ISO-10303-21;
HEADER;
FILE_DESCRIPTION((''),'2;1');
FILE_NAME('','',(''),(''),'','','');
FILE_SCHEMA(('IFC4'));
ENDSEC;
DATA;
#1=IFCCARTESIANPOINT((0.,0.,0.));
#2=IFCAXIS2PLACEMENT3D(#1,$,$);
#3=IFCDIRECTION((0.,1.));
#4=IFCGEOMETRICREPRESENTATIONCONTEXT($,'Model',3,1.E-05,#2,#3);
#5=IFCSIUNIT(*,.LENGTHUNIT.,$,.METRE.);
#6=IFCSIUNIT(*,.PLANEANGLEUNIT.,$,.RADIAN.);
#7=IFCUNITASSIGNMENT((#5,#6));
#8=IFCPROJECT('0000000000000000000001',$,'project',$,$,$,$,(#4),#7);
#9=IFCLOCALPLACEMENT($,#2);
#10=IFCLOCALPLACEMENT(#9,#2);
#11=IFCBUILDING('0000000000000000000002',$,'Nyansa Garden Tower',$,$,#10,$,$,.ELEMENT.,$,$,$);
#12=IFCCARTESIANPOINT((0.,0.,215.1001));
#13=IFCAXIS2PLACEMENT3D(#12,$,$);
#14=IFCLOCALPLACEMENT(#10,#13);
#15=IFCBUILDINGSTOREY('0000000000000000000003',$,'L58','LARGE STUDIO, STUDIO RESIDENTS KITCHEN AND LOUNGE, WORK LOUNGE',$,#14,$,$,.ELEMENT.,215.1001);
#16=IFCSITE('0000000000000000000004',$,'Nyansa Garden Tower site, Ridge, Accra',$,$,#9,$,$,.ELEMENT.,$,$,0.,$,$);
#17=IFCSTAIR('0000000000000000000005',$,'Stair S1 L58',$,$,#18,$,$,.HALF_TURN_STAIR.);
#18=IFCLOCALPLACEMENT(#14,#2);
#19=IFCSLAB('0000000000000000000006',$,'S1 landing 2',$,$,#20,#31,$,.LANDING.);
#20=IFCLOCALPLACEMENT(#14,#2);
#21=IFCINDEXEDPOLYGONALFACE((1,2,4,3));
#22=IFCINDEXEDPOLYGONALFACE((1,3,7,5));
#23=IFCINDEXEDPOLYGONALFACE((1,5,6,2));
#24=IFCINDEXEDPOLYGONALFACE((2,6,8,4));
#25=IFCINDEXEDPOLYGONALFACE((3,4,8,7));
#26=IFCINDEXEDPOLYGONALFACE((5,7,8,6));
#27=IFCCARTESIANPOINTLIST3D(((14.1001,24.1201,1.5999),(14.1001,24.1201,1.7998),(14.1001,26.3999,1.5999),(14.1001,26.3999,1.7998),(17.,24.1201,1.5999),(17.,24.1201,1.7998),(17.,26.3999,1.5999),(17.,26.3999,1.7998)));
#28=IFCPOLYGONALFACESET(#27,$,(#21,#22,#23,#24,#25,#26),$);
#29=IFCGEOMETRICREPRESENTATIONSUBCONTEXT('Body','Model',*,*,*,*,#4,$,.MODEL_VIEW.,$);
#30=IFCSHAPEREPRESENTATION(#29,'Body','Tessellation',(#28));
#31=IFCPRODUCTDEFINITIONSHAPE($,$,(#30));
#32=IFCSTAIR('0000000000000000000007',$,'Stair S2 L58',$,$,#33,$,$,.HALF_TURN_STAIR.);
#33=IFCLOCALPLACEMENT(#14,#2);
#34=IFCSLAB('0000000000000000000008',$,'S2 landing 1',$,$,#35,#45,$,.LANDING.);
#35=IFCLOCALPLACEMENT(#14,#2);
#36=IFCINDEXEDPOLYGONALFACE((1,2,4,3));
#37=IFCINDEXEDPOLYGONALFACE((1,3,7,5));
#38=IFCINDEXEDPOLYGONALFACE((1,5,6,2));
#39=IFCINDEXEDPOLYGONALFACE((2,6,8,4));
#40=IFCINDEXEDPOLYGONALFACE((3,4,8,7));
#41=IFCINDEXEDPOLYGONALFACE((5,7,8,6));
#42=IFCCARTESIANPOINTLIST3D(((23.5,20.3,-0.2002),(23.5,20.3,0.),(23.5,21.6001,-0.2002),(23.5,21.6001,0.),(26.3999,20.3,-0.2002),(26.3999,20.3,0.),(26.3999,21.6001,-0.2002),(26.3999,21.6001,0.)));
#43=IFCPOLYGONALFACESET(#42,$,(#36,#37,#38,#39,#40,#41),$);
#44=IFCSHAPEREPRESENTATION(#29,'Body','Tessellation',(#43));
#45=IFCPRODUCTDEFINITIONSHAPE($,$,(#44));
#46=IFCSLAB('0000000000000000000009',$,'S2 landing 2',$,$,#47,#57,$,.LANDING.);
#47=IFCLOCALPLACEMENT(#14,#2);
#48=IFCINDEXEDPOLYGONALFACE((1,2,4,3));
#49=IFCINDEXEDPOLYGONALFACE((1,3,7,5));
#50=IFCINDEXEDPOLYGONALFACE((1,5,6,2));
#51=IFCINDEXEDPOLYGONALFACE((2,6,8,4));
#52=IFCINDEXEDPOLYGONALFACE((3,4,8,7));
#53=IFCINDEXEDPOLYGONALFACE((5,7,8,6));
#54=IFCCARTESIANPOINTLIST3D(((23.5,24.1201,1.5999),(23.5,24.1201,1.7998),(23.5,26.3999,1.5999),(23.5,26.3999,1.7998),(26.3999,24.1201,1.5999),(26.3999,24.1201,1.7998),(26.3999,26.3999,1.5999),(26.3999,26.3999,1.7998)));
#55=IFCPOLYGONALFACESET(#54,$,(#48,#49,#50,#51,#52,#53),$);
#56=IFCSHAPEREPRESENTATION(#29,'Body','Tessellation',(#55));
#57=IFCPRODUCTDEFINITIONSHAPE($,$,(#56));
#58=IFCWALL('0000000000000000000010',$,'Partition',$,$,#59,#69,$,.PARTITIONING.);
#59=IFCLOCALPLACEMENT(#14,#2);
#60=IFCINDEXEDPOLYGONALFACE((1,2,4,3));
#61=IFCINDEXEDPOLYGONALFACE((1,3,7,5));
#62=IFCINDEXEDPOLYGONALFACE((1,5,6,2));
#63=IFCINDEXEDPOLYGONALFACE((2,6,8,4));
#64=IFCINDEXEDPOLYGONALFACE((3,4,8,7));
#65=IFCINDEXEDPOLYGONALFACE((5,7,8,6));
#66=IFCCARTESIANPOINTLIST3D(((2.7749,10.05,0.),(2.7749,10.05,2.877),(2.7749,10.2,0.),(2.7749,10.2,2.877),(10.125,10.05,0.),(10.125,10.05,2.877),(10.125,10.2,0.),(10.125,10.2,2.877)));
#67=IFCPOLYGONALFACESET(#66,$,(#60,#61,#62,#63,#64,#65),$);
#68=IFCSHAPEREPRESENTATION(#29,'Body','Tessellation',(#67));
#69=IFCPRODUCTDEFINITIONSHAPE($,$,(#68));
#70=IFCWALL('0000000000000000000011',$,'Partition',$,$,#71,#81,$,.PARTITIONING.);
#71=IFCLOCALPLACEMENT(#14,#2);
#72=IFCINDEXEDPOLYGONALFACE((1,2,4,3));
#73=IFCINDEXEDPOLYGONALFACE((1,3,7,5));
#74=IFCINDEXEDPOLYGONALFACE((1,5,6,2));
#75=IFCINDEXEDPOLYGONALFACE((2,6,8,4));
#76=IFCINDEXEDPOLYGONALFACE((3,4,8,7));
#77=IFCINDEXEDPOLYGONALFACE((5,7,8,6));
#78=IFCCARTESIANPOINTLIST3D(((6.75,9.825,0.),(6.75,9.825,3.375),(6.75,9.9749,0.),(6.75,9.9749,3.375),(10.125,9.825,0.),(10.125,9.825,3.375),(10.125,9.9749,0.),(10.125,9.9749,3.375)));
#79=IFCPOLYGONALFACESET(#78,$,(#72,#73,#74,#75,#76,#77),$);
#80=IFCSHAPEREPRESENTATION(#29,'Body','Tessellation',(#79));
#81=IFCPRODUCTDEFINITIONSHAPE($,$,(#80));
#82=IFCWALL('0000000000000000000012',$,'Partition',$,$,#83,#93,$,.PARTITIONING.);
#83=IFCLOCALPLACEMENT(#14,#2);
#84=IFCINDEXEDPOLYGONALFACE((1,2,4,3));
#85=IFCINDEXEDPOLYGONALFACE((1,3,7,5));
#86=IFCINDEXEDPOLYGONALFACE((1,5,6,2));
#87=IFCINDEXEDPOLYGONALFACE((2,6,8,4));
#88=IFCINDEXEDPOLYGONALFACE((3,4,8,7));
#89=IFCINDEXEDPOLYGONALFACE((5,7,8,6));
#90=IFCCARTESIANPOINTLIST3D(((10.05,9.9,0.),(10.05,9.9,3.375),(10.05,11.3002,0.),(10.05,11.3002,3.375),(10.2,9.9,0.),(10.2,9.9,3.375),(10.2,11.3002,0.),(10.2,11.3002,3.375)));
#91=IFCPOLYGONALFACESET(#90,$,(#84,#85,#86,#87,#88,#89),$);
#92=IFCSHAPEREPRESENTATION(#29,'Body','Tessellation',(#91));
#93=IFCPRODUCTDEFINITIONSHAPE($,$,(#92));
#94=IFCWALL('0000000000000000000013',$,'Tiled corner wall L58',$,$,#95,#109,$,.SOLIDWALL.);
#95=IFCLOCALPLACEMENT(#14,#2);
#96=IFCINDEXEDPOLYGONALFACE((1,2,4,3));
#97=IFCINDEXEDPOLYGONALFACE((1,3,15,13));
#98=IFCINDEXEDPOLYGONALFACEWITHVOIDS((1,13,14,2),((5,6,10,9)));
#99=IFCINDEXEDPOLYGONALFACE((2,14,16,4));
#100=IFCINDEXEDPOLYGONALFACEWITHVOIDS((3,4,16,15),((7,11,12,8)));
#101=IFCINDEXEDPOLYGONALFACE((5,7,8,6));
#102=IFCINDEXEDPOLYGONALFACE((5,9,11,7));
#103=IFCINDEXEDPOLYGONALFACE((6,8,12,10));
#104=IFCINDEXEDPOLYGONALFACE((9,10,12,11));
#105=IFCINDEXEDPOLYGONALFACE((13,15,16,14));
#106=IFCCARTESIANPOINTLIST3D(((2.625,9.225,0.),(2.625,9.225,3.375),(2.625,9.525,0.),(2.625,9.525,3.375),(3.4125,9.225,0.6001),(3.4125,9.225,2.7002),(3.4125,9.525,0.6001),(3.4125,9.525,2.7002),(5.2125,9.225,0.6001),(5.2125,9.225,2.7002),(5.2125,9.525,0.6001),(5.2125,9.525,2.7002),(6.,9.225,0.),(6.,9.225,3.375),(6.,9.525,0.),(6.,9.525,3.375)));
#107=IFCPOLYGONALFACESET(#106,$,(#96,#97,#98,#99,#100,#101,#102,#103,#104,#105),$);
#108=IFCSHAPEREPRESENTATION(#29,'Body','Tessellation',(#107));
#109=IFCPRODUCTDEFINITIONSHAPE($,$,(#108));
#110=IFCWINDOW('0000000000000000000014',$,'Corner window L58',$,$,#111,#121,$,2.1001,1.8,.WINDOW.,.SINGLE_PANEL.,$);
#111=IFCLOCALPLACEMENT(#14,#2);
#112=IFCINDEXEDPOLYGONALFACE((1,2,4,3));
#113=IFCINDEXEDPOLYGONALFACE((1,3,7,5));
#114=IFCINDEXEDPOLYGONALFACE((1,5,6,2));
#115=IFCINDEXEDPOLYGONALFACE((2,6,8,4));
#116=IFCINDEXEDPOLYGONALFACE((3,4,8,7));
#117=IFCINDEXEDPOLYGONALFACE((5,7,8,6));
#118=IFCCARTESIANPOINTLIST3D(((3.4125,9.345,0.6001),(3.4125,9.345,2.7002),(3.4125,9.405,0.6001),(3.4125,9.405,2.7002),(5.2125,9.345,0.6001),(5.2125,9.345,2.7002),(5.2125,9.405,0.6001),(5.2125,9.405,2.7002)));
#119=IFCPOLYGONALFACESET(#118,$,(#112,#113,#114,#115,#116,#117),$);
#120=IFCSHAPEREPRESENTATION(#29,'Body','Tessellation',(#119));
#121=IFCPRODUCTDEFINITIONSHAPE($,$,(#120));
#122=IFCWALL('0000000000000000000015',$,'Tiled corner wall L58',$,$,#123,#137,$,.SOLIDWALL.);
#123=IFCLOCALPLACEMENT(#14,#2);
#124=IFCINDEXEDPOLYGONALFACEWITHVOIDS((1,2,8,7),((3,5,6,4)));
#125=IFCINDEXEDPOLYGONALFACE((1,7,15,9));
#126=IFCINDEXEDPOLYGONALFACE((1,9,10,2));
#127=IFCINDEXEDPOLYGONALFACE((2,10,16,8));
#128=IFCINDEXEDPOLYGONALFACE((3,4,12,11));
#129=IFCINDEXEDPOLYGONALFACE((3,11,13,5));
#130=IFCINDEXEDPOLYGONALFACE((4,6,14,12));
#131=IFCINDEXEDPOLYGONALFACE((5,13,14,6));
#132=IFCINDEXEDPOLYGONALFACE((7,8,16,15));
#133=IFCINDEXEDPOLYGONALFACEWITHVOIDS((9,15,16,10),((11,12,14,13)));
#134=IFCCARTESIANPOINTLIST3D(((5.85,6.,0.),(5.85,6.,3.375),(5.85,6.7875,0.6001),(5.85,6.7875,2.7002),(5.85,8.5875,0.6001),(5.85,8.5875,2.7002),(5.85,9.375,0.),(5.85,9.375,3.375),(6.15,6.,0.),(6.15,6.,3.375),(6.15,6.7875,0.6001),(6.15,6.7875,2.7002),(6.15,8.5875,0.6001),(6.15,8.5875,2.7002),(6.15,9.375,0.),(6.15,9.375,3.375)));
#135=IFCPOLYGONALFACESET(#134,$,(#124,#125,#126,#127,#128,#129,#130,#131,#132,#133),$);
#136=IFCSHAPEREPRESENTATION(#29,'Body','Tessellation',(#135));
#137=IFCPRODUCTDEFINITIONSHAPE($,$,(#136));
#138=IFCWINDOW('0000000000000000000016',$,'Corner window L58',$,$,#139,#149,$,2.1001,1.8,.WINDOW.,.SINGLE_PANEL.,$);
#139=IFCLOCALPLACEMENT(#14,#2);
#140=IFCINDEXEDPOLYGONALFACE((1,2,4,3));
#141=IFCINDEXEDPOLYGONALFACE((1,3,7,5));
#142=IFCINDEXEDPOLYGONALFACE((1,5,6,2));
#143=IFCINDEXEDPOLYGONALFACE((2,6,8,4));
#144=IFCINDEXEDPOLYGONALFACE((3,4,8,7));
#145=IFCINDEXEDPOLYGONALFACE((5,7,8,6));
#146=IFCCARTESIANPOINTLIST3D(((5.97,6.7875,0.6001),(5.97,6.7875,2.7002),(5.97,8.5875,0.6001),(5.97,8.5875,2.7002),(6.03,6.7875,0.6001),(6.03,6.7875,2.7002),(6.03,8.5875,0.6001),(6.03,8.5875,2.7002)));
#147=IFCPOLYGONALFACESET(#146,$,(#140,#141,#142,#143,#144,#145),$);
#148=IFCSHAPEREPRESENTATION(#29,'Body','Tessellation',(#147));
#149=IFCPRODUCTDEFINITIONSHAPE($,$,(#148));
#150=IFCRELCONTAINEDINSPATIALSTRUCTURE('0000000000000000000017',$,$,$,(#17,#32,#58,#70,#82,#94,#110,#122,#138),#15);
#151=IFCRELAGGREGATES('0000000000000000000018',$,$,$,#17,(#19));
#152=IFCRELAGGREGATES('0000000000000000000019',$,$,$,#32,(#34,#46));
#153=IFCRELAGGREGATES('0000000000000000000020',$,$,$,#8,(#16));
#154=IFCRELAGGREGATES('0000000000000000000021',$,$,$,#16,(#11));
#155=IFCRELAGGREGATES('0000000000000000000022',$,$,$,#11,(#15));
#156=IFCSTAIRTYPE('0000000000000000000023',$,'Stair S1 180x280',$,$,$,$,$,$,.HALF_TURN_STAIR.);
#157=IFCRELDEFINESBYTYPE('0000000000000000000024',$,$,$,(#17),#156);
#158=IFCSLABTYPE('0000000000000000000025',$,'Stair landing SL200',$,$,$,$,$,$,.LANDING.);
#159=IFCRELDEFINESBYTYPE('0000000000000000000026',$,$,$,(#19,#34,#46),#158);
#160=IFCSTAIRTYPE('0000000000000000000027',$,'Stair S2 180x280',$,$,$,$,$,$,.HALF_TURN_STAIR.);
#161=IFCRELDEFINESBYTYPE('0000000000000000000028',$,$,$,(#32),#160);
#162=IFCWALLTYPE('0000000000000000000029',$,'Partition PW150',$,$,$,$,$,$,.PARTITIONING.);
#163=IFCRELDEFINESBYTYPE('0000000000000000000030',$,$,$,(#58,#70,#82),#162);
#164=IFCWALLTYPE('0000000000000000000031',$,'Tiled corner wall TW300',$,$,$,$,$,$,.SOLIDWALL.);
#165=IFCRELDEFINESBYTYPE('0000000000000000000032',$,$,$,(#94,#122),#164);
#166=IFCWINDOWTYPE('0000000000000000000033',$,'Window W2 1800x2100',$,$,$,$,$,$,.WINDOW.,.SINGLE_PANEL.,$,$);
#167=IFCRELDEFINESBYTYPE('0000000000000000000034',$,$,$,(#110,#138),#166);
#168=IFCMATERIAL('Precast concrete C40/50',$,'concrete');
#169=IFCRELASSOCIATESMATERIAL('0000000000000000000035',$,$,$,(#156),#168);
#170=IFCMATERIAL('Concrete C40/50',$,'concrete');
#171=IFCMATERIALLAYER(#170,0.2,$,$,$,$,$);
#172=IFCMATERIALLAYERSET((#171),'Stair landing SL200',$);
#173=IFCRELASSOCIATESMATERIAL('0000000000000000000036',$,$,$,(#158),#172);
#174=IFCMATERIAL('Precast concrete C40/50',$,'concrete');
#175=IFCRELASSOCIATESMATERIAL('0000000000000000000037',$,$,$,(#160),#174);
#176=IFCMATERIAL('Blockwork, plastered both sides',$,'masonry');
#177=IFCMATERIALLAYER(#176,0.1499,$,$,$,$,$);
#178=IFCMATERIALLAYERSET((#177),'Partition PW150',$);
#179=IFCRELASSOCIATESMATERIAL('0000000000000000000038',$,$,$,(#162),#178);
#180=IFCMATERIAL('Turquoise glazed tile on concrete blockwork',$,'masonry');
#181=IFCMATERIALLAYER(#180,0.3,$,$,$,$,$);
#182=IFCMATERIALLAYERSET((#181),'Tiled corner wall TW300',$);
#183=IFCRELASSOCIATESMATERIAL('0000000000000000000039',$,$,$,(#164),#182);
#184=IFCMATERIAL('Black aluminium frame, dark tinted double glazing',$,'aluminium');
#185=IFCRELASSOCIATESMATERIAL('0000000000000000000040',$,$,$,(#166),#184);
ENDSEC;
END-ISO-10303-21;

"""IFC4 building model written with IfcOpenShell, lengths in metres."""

from ifc_helpers import new_model, si_unit, direction, frame, frame_2d, origin, place, context, subcontext, project, spatial, polyline, rectangle, outline, extrude, material, layer, layer_set, type_object, element, fill, aggregate, save


model = new_model("IFC4")

# Units and contexts
model_context = context("Model", 3, precision=1e-05, world=origin(), true_north=direction((0.0, 1.0)))
body_context = subcontext(model_context, "Body", "Model", "MODEL_VIEW")
ifc_project = project(units=[si_unit("LENGTHUNIT", "METRE"), si_unit("PLANEANGLEUNIT", "RADIAN")], contexts=[model_context])

# Site, building, storey
site_placement = place(None, origin())
site = spatial("IfcSite", under=ifc_project, at=site_placement, Name="Nyansa Garden Tower site, Ridge, Accra", CompositionType="ELEMENT", RefElevation=0.0)
building_placement = place(site_placement, origin())
building = spatial("IfcBuilding", under=site, at=building_placement, Name="Nyansa Garden Tower", CompositionType="ELEMENT")
storey_placement = place(building_placement, frame((0.0, 0.0, 215.1001)))
storey = spatial("IfcBuildingStorey", under=building, at=storey_placement, Name="L58", Description="LARGE STUDIO, STUDIO RESIDENTS KITCHEN AND LOUNGE, WORK LOUNGE", CompositionType="ELEMENT", Elevation=215.1001)

# Stairs, slabs
ifc_material_1 = material(Name="Precast concrete C40/50", Category="concrete")
stair_type_1 = type_object("IfcStairType", Name="Stair S1 180x280", PredefinedType="HALF_TURN_STAIR", material=ifc_material_1)
stair_1_placement = place(storey_placement, origin())
stair_1 = element("IfcStair", 1, at=stair_1_placement, inside=storey, type_object=stair_type_1, Name="Stair S1 L58", PredefinedType="HALF_TURN_STAIR")
ifc_material_2 = material(Name="Concrete C40/50", Category="concrete")
ifc_layer_1 = layer(ifc_material_2, 0.2)
ifc_layer_set_1 = layer_set([ifc_layer_1], Name="Stair landing SL200")
slab_type_1 = type_object("IfcSlabType", Name="Stair landing SL200", PredefinedType="LANDING", material=ifc_layer_set_1)
slab_1_placement = place(storey_placement, frame((0.0, 0.0, 1.5999)))
slab_1 = element("IfcSlab", 2, at=slab_1_placement, type_object=slab_type_1, Name="S1 landing 2", PredefinedType="LANDING", context=body_context, shape_type="SweptSolid", body=[
    extrude(outline(polyline([(14.1001, 24.1201), (17.0, 24.1201), (17.0, 26.3999), (14.1001, 26.3999), (14.1001, 24.1201)])), origin(), (0.0, 0.0, 1.0), 0.2),
])
aggregate(stair_1, [slab_1])
ifc_material_3 = material(Name="Precast concrete C40/50", Category="concrete")
stair_type_2 = type_object("IfcStairType", Name="Stair S2 180x280", PredefinedType="HALF_TURN_STAIR", material=ifc_material_3)
stair_2_placement = place(storey_placement, origin())
stair_2 = element("IfcStair", 3, at=stair_2_placement, inside=storey, type_object=stair_type_2, Name="Stair S2 L58", PredefinedType="HALF_TURN_STAIR")
slab_2_placement = place(storey_placement, frame((0.0, 0.0, -0.2002)))
slab_2 = element("IfcSlab", 4, at=slab_2_placement, type_object=slab_type_1, Name="S2 landing 1", PredefinedType="LANDING", context=body_context, shape_type="SweptSolid", body=[
    extrude(outline(polyline([(23.5, 20.3), (26.3999, 20.3), (26.3999, 21.6001), (23.5, 21.6001), (23.5, 20.3)])), origin(), (0.0, 0.0, 1.0), 0.2002),
])
slab_3_placement = place(storey_placement, frame((0.0, 0.0, 1.5999)))
slab_3 = element("IfcSlab", 5, at=slab_3_placement, type_object=slab_type_1, Name="S2 landing 2", PredefinedType="LANDING", context=body_context, shape_type="SweptSolid", body=[
    extrude(outline(polyline([(23.5, 24.1201), (26.3999, 24.1201), (26.3999, 26.3999), (23.5, 26.3999), (23.5, 24.1201)])), origin(), (0.0, 0.0, 1.0), 0.2),
])
aggregate(stair_2, [slab_2, slab_3])

# Walls
ifc_material_4 = material(Name="Blockwork, plastered both sides", Category="masonry")
ifc_layer_2 = layer(ifc_material_4, 0.1499)
ifc_layer_set_2 = layer_set([ifc_layer_2], Name="Partition PW150")
wall_type_1 = type_object("IfcWallType", Name="Partition PW150", PredefinedType="PARTITIONING", material=ifc_layer_set_2)
wall_1_placement = place(storey_placement, frame((2.7749, 10.125, 0.0), z_axis=(0.0, 0.0, 1.0), x_axis=(1.0, 0.0, 0.0)))
element("IfcWall", 6, at=wall_1_placement, inside=storey, type_object=wall_type_1, Name="Partition", PredefinedType="PARTITIONING", context=body_context, shape_type="SweptSolid", body=[
    extrude(rectangle(XDim=7.3501, YDim=0.1499, at=frame_2d((3.675, 0.0))), origin(), (0.0, 0.0, 1.0), 2.877),
])
wall_2_placement = place(storey_placement, frame((6.75, 9.8999, 0.0), z_axis=(0.0, 0.0, 1.0), x_axis=(1.0, 0.0, 0.0)))
element("IfcWall", 7, at=wall_2_placement, inside=storey, type_object=wall_type_1, Name="Partition", PredefinedType="PARTITIONING", context=body_context, shape_type="SweptSolid", body=[
    extrude(rectangle(XDim=3.375, YDim=0.1499, at=frame_2d((1.6875, 0.0))), origin(), (0.0, 0.0, 1.0), 3.375),
])
wall_3_placement = place(storey_placement, frame((10.125, 9.8999, 0.0), z_axis=(0.0, 0.0, 1.0), x_axis=(0.0, 1.0, 0.0)))
element("IfcWall", 8, at=wall_3_placement, inside=storey, type_object=wall_type_1, Name="Partition", PredefinedType="PARTITIONING", context=body_context, shape_type="SweptSolid", body=[
    extrude(rectangle(XDim=1.4001, YDim=0.1499, at=frame_2d((0.7002, 0.0))), origin(), (0.0, 0.0, 1.0), 3.375),
])

# Walls, openings, windows
ifc_material_5 = material(Name="Turquoise glazed tile on concrete blockwork", Category="masonry")
ifc_layer_3 = layer(ifc_material_5, 0.3)
ifc_layer_set_3 = layer_set([ifc_layer_3], Name="Tiled corner wall TW300")
wall_type_2 = type_object("IfcWallType", Name="Tiled corner wall TW300", PredefinedType="SOLIDWALL", material=ifc_layer_set_3)
wall_4_placement = place(storey_placement, frame((2.625, 9.375, 0.0), z_axis=(0.0, 0.0, 1.0), x_axis=(1.0, 0.0, 0.0)))
wall_4 = element("IfcWall", 9, at=wall_4_placement, inside=storey, type_object=wall_type_2, Name="Tiled corner wall L58", PredefinedType="SOLIDWALL", context=body_context, shape_type="SweptSolid", body=[
    extrude(rectangle(XDim=3.375, YDim=0.3, at=frame_2d((1.6875, 0.0))), origin(), (0.0, 0.0, 1.0), 3.375),
])
opening_1_placement = place(wall_4_placement, frame((0.7876, 0.0, 0.6001)))
opening_1 = element("IfcOpeningElement", 10, at=opening_1_placement, cuts=wall_4, PredefinedType="OPENING", context=body_context, shape_type="SweptSolid", body=[
    extrude(rectangle(XDim=1.8, YDim=2.1001, at=frame_2d((0.8999, 1.05))), frame((0.0, 0.1599, 0.0), z_axis=(0.0, -1.0, 0.0), x_axis=(1.0, 0.0, 0.0)), (0.0, 0.0, 1.0), 0.3201),
])
ifc_material_6 = material(Name="Black aluminium frame, dark tinted double glazing", Category="aluminium")
window_type = type_object("IfcWindowType", Name="Window W2 1800x2100", PartitioningType="SINGLE_PANEL", PredefinedType="WINDOW", material=ifc_material_6)
window_1_placement = place(opening_1_placement, origin())
window_1 = element("IfcWindow", 11, at=window_1_placement, inside=storey, type_object=window_type, Name="Corner window L58", OverallHeight=2.1001, OverallWidth=1.8, PartitioningType="SINGLE_PANEL", PredefinedType="WINDOW", context=body_context, shape_type="SweptSolid", body=[
    extrude(rectangle(XDim=1.8, YDim=2.1001, at=frame_2d((0.8999, 1.05))), frame((0.0, 0.03, 0.0), z_axis=(0.0, -1.0, 0.0), x_axis=(1.0, 0.0, 0.0)), (0.0, 0.0, 1.0), 0.0601),
])
fill(opening_1, window_1)
wall_5_placement = place(storey_placement, frame((6.0, 9.375, 0.0), z_axis=(0.0, 0.0, 1.0), x_axis=(0.0, -1.0, 0.0)))
wall_5 = element("IfcWall", 12, at=wall_5_placement, inside=storey, type_object=wall_type_2, Name="Tiled corner wall L58", PredefinedType="SOLIDWALL", context=body_context, shape_type="SweptSolid", body=[
    extrude(rectangle(XDim=3.375, YDim=0.3, at=frame_2d((1.6875, 0.0))), origin(), (0.0, 0.0, 1.0), 3.375),
])
opening_2_placement = place(wall_5_placement, frame((0.7876, 0.0, 0.6001)))
opening_2 = element("IfcOpeningElement", 13, at=opening_2_placement, cuts=wall_5, PredefinedType="OPENING", context=body_context, shape_type="SweptSolid", body=[
    extrude(rectangle(XDim=1.8, YDim=2.1001, at=frame_2d((0.8999, 1.05))), frame((0.0, 0.1599, 0.0), z_axis=(0.0, -1.0, 0.0), x_axis=(1.0, 0.0, 0.0)), (0.0, 0.0, 1.0), 0.3201),
])
window_2_placement = place(opening_2_placement, origin())
window_2 = element("IfcWindow", 14, at=window_2_placement, inside=storey, type_object=window_type, Name="Corner window L58", OverallHeight=2.1001, OverallWidth=1.8, PartitioningType="SINGLE_PANEL", PredefinedType="WINDOW", context=body_context, shape_type="SweptSolid", body=[
    extrude(rectangle(XDim=1.8, YDim=2.1001, at=frame_2d((0.8999, 1.05))), frame((0.0, 0.03, 0.0), z_axis=(0.0, -1.0, 0.0), x_axis=(1.0, 0.0, 0.0)), (0.0, 0.0, 1.0), 0.0601),
])
fill(opening_2, window_2)

save(model, "model.ifc")
